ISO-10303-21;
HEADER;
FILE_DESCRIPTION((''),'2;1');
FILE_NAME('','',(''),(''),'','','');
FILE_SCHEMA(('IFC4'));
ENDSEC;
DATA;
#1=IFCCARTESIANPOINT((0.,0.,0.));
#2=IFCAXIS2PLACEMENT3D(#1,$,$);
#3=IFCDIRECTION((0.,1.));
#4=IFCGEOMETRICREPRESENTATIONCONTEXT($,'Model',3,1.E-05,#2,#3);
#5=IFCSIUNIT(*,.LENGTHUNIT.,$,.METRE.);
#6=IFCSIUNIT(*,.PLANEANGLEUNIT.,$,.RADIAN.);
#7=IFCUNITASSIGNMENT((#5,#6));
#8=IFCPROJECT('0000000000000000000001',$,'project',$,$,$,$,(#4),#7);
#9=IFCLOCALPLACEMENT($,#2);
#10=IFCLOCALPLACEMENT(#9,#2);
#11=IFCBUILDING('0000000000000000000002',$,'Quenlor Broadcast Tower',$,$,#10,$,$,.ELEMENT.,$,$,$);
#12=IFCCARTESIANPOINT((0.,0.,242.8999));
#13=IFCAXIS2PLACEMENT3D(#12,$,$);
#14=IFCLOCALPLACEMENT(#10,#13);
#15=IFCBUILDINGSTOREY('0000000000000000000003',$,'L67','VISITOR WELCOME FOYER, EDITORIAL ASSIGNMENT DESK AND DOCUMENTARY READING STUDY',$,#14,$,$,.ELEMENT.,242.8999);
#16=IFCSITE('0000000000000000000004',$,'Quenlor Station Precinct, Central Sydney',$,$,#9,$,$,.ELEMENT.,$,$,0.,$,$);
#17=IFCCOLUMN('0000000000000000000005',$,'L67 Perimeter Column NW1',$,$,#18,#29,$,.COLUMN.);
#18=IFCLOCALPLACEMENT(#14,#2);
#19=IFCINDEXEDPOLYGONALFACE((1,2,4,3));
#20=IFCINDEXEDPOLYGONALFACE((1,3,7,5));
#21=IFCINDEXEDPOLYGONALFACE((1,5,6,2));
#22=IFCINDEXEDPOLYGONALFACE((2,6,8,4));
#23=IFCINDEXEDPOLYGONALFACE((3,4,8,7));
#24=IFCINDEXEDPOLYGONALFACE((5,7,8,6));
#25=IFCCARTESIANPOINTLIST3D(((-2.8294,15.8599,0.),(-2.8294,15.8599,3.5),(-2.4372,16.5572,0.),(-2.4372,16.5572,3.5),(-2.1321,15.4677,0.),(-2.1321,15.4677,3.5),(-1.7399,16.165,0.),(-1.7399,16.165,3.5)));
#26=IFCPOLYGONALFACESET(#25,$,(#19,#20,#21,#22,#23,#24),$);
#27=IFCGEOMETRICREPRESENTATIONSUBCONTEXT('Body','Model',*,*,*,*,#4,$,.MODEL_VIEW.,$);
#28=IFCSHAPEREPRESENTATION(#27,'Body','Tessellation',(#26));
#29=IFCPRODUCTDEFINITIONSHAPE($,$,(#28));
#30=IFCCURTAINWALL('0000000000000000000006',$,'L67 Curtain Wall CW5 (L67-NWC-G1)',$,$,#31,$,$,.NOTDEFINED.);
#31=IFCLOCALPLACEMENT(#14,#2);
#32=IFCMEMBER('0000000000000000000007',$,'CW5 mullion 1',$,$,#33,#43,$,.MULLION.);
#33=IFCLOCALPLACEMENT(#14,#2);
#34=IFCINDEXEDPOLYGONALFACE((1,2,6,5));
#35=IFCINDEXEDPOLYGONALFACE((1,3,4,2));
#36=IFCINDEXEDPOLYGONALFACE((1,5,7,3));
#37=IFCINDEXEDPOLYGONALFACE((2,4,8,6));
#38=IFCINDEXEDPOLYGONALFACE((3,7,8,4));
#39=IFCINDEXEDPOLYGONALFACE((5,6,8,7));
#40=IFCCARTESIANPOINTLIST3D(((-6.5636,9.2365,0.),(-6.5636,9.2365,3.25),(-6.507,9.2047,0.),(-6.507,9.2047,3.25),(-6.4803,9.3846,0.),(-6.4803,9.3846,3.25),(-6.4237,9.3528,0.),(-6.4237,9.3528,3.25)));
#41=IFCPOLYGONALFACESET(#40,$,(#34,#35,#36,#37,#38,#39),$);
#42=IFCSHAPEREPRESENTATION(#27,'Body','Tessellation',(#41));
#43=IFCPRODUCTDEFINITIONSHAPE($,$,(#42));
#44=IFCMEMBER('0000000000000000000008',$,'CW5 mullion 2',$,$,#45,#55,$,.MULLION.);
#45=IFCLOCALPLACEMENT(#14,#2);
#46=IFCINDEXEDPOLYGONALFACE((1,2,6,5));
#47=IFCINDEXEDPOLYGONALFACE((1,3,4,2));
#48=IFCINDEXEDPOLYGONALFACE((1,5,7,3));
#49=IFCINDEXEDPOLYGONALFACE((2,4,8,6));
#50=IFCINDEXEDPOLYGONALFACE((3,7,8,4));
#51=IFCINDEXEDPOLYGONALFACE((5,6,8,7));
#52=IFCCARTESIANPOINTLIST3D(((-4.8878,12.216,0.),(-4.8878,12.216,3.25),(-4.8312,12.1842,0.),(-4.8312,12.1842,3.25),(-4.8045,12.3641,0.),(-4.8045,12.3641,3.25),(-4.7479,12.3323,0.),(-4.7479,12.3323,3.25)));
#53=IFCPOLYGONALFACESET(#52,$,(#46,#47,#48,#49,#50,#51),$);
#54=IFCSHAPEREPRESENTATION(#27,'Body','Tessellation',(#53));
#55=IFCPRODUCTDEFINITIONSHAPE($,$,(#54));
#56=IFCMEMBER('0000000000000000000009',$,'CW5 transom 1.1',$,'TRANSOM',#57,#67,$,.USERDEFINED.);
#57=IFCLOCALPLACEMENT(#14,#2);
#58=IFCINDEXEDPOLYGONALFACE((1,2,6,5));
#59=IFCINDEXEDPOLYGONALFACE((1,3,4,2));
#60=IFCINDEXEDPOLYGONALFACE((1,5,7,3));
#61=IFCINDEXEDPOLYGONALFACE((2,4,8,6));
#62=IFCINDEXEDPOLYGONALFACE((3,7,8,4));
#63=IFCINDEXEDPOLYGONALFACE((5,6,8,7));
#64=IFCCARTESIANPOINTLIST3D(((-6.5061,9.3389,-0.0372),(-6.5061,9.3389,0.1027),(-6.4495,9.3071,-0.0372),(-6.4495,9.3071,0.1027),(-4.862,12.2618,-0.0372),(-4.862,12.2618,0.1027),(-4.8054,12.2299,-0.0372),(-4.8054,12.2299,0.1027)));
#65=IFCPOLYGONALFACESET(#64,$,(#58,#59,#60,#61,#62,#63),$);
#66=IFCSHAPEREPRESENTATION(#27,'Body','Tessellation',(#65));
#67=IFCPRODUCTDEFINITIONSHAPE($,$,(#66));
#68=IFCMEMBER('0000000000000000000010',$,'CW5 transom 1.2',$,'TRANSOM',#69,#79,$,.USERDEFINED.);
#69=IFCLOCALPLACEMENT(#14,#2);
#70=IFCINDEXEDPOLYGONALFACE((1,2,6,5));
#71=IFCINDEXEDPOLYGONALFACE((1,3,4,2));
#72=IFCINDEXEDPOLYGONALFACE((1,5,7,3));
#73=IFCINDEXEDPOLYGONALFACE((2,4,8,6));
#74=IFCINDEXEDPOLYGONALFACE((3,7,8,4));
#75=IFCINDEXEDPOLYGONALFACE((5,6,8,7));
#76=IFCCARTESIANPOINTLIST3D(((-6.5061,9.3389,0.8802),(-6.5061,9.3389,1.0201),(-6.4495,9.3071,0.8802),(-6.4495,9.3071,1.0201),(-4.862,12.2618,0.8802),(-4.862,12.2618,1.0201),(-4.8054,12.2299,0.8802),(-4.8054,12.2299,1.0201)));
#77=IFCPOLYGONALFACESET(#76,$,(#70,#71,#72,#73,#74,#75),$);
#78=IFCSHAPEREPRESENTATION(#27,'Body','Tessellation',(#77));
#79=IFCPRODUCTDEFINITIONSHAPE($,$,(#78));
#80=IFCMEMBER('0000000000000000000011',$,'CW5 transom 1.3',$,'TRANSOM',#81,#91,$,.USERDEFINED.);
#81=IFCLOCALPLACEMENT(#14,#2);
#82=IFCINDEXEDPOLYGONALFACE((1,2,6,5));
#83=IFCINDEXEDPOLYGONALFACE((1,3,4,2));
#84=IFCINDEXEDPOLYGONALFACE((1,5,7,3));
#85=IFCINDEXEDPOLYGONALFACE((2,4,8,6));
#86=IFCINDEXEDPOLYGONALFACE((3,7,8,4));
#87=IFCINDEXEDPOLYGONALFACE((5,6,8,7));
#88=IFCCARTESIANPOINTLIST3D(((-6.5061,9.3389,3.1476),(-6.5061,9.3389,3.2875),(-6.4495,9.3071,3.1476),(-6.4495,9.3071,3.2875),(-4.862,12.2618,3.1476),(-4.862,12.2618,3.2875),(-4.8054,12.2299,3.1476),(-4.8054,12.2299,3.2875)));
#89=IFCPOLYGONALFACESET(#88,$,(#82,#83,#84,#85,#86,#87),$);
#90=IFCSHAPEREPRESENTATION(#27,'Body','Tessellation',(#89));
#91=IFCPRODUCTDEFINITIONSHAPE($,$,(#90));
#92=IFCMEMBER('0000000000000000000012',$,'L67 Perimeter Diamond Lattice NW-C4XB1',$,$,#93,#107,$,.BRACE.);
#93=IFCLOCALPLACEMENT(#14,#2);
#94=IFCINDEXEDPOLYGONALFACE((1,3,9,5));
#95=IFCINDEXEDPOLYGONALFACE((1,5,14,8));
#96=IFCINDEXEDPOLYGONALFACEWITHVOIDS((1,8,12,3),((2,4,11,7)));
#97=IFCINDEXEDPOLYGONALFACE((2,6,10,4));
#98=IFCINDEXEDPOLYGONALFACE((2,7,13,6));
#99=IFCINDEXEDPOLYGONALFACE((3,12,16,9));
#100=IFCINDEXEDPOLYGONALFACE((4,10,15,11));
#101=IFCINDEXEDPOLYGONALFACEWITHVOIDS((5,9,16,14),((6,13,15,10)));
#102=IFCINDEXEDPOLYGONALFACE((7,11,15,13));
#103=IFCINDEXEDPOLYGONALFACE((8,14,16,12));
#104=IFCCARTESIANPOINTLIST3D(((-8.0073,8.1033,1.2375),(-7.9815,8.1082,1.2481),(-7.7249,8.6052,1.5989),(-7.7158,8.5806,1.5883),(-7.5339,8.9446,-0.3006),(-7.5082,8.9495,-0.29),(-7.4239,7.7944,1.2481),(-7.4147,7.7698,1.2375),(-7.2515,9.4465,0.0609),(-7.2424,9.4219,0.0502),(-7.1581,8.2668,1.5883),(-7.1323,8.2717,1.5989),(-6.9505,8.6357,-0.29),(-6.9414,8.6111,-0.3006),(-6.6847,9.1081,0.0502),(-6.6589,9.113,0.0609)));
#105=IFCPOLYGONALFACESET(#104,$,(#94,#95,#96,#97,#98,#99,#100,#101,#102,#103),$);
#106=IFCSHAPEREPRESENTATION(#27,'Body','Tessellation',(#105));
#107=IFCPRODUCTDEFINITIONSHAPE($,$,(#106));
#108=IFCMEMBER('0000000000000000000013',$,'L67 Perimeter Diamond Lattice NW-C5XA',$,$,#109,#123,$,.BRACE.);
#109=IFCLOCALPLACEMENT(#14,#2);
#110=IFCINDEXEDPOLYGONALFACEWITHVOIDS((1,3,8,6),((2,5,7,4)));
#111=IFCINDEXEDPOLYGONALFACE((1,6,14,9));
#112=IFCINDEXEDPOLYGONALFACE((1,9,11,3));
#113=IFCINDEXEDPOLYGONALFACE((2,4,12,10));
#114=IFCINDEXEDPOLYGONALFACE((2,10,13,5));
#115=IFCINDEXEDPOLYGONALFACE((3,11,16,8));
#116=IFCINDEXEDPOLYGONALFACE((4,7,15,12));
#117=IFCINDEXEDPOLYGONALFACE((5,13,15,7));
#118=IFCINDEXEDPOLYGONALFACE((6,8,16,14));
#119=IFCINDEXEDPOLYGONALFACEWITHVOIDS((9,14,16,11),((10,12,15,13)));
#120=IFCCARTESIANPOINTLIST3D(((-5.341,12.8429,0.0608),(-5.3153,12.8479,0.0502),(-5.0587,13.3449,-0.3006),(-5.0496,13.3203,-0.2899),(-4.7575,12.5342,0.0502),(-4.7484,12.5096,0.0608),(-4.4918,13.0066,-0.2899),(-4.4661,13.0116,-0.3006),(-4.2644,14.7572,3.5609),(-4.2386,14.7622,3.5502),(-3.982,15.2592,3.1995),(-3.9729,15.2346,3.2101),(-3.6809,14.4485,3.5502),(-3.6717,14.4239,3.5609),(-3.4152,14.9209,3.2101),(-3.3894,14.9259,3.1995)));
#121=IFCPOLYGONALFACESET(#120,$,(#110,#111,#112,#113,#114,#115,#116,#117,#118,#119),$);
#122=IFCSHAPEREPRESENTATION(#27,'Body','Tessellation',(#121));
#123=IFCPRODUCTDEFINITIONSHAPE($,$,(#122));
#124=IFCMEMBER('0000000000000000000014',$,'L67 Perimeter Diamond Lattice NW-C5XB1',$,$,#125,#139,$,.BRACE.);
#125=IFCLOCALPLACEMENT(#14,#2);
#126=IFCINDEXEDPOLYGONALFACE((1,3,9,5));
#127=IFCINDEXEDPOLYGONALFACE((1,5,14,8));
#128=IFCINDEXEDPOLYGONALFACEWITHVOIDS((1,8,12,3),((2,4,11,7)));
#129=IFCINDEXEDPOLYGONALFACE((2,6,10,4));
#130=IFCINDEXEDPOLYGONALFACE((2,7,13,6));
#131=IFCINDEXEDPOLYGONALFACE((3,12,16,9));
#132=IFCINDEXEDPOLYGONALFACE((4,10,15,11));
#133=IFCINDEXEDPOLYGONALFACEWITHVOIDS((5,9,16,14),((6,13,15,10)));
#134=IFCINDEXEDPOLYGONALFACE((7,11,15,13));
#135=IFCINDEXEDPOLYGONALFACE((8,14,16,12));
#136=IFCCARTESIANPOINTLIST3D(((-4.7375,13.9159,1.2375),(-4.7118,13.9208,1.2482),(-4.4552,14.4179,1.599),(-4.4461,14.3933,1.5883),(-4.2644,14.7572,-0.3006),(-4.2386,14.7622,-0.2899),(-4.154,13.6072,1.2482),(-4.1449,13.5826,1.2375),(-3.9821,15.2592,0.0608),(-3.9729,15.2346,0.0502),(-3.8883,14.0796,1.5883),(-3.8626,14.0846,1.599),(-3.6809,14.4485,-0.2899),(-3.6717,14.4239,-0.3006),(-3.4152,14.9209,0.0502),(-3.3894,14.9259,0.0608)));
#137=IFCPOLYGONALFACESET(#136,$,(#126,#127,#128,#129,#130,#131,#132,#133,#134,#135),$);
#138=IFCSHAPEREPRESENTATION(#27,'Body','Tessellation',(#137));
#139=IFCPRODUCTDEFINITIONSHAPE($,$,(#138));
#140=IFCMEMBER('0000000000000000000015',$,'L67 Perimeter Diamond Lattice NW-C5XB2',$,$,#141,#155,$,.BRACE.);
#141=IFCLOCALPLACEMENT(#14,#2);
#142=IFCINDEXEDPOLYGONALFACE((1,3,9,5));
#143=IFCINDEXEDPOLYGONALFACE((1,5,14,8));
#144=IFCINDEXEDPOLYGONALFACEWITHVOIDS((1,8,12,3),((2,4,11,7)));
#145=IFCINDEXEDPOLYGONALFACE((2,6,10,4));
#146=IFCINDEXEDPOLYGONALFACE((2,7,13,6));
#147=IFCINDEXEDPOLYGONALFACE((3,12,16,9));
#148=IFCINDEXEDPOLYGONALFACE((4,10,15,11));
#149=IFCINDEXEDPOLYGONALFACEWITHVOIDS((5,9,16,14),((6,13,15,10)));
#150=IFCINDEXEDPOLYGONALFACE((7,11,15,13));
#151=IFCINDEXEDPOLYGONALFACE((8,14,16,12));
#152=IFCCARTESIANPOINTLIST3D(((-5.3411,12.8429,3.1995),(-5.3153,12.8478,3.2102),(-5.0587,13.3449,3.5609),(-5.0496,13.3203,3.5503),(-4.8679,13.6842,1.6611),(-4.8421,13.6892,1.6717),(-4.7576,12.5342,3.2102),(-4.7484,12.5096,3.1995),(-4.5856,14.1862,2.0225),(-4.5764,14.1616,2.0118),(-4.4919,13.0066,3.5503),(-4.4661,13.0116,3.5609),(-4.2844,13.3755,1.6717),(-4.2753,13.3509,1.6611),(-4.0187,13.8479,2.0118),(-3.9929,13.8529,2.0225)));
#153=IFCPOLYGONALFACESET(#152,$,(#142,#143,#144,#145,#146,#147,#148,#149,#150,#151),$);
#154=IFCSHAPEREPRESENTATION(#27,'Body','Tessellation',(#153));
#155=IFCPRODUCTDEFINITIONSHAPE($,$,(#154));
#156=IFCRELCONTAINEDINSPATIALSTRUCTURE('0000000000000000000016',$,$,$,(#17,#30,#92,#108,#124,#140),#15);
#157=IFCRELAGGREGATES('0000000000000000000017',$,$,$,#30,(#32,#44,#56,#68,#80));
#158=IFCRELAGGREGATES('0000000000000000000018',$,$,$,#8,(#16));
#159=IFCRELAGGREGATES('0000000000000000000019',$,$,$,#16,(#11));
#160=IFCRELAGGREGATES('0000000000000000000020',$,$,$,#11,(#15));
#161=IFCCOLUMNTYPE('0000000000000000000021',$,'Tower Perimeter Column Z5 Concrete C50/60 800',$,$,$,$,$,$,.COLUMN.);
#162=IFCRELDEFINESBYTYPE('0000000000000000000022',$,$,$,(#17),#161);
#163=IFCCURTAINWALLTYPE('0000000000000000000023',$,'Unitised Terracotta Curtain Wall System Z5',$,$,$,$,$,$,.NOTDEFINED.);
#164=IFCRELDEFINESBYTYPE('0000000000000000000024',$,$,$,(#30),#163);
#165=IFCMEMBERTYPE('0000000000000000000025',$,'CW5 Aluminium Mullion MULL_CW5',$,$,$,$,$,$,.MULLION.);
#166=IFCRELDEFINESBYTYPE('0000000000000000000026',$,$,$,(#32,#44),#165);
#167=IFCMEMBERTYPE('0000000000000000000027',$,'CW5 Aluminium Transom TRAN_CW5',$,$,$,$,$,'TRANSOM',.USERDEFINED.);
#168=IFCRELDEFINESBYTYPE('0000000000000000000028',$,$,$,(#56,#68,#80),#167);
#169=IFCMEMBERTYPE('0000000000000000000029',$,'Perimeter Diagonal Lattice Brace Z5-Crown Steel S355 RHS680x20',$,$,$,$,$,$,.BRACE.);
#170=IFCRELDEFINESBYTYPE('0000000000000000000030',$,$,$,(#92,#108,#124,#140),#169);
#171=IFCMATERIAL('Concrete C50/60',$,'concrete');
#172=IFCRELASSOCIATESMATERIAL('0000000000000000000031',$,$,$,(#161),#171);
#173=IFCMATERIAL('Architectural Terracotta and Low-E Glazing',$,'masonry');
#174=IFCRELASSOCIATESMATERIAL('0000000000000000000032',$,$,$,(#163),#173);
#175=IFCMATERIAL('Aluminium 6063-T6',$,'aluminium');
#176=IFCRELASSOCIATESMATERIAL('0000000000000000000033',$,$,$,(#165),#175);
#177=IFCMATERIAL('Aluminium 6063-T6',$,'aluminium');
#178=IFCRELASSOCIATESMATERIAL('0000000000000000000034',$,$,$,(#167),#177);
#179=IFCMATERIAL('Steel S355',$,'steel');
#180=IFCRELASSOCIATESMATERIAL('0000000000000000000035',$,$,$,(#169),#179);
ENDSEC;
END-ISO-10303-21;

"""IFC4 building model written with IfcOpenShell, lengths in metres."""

from ifc_helpers import new_model, si_unit, direction, frame, origin, origin_2d, place, context, subcontext, project, spatial, rectangle, hollow_rectangle, extrude, material, material_profile, profile_set, type_object, element, aggregate, save


model = new_model("IFC4")

# Units and contexts
model_context = context("Model", 3, precision=1e-05, world=origin(), true_north=direction((0.0, 1.0)))
body_context = subcontext(model_context, "Body", "Model", "MODEL_VIEW")
ifc_project = project(units=[si_unit("LENGTHUNIT", "METRE"), si_unit("PLANEANGLEUNIT", "RADIAN")], contexts=[model_context])

# Site, building, storey
site_placement = place(None, origin())
site = spatial("IfcSite", under=ifc_project, at=site_placement, Name="Quenlor Station Precinct, Central Sydney", CompositionType="ELEMENT", RefElevation=0.0)
building_placement = place(site_placement, origin())
building = spatial("IfcBuilding", under=site, at=building_placement, Name="Quenlor Broadcast Tower", CompositionType="ELEMENT")
storey_placement = place(building_placement, frame((0.0, 0.0, 242.8999)))
storey = spatial("IfcBuildingStorey", under=building, at=storey_placement, Name="L67", Description="VISITOR WELCOME FOYER, EDITORIAL ASSIGNMENT DESK AND DOCUMENTARY READING STUDY", CompositionType="ELEMENT", Elevation=242.8999)

# Column
ifc_material_1 = material(Name="Concrete C50/60", Category="concrete")
ifc_material_profile_1 = material_profile(ifc_material_1, rectangle(XDim=0.8, YDim=0.8, at=origin_2d()))
ifc_profile_set_1 = profile_set([ifc_material_profile_1], Name="Concrete C50/60 RC800x800")
column_type = type_object("IfcColumnType", Name="Tower Perimeter Column Z5 Concrete C50/60 800", PredefinedType="COLUMN", material=ifc_profile_set_1)
column_placement = place(storey_placement, frame((-2.2847, 16.0125, 0.0), z_axis=(0.0, 0.0, 1.0), x_axis=(-0.871575, 0.490262, 0.0)))
element("IfcColumn", 1, at=column_placement, inside=storey, type_object=column_type, Name="L67 Perimeter Column NW1", PredefinedType="COLUMN", context=body_context, shape_type="SweptSolid", body=[
    extrude(rectangle(XDim=0.8, YDim=0.8, at=origin_2d()), origin(), (0.0, 0.0, 1.0), 3.5),
])

# Curtain wall, members
ifc_material_2 = material(Name="Architectural Terracotta and Low-E Glazing", Category="masonry")
curtain_wall_type = type_object("IfcCurtainWallType", Name="Unitised Terracotta Curtain Wall System Z5", PredefinedType="NOTDEFINED", material=ifc_material_2)
curtain_wall_placement = place(storey_placement, origin())
curtain_wall = element("IfcCurtainWall", 2, at=curtain_wall_placement, inside=storey, type_object=curtain_wall_type, Name="L67 Curtain Wall CW5 (L67-NWC-G1)", PredefinedType="NOTDEFINED")
ifc_material_3 = material(Name="Aluminium 6063-T6", Category="aluminium")
ifc_material_profile_2 = material_profile(ifc_material_3, rectangle(XDim=0.0649, YDim=0.1699, at=origin_2d()))
ifc_profile_set_2 = profile_set([ifc_material_profile_2], Name="Aluminium 6063-T6 MULL65x170")
member_type_1 = type_object("IfcMemberType", Name="CW5 Aluminium Mullion MULL_CW5", PredefinedType="MULLION", material=ifc_profile_set_2)
member_1_placement = place(storey_placement, frame((-6.4937, 9.2947, 0.0), z_axis=(0.0, 0.0, 1.0), x_axis=(-0.871582, 0.49025, 0.0)))
member_1 = element("IfcMember", 3, at=member_1_placement, type_object=member_type_1, Name="CW5 mullion 1", PredefinedType="MULLION", context=body_context, shape_type="SweptSolid", body=[
    extrude(rectangle(XDim=0.0649, YDim=0.1699, at=origin_2d()), origin(), (0.0, 0.0, 1.0), 3.25),
])
member_2_placement = place(storey_placement, frame((-4.8179, 12.2742, 0.0), z_axis=(0.0, 0.0, 1.0), x_axis=(-0.871582, 0.49025, 0.0)))
member_2 = element("IfcMember", 4, at=member_2_placement, type_object=member_type_1, Name="CW5 mullion 2", PredefinedType="MULLION", context=body_context, shape_type="SweptSolid", body=[
    extrude(rectangle(XDim=0.0649, YDim=0.1699, at=origin_2d()), origin(), (0.0, 0.0, 1.0), 3.25),
])
ifc_material_4 = material(Name="Aluminium 6063-T6", Category="aluminium")
ifc_material_profile_3 = material_profile(ifc_material_4, rectangle(XDim=0.0649, YDim=0.1399, at=origin_2d()))
ifc_profile_set_3 = profile_set([ifc_material_profile_3], Name="Aluminium 6063-T6 TRAN65x140")
member_type_2 = type_object("IfcMemberType", Name="CW5 Aluminium Transom TRAN_CW5", ElementType="TRANSOM", PredefinedType="USERDEFINED", material=ifc_profile_set_3)
member_3_placement = place(storey_placement, frame((-6.4778, 9.323, 0.0327), z_axis=(0.490247, 0.871583, 0.0), x_axis=(-0.871583, 0.490247, 0.0)))
member_3 = element("IfcMember", 5, at=member_3_placement, type_object=member_type_2, Name="CW5 transom 1.1", ObjectType="TRANSOM", PredefinedType="USERDEFINED", context=body_context, shape_type="SweptSolid", body=[
    extrude(rectangle(XDim=0.0649, YDim=0.1399, at=origin_2d()), origin(), (0.0, 0.0, 1.0), 3.3535),
])
member_4_placement = place(storey_placement, frame((-6.4778, 9.323, 0.9502), z_axis=(0.490247, 0.871583, 0.0), x_axis=(-0.871583, 0.490247, 0.0)))
member_4 = element("IfcMember", 6, at=member_4_placement, type_object=member_type_2, Name="CW5 transom 1.2", ObjectType="TRANSOM", PredefinedType="USERDEFINED", context=body_context, shape_type="SweptSolid", body=[
    extrude(rectangle(XDim=0.0649, YDim=0.1399, at=origin_2d()), origin(), (0.0, 0.0, 1.0), 3.3535),
])
member_5_placement = place(storey_placement, frame((-6.4778, 9.323, 3.2175), z_axis=(0.490247, 0.871583, 0.0), x_axis=(-0.871583, 0.490247, 0.0)))
member_5 = element("IfcMember", 7, at=member_5_placement, type_object=member_type_2, Name="CW5 transom 1.3", ObjectType="TRANSOM", PredefinedType="USERDEFINED", context=body_context, shape_type="SweptSolid", body=[
    extrude(rectangle(XDim=0.0649, YDim=0.1399, at=origin_2d()), origin(), (0.0, 0.0, 1.0), 3.3535),
])

# Members
ifc_material_5 = material(Name="Steel S355", Category="steel")
ifc_material_profile_4 = material_profile(ifc_material_5, hollow_rectangle(XDim=0.6799, YDim=0.6799, WallThickness=0.02, at=origin_2d()))
ifc_profile_set_4 = profile_set([ifc_material_profile_4], Name="Steel S355 RHS680x680x20")
member_type_3 = type_object("IfcMemberType", Name="Perimeter Diagonal Lattice Brace Z5-Crown Steel S355 RHS680x20", PredefinedType="BRACE", material=ifc_profile_set_4)
member_6_placement = place(storey_placement, frame((-7.0964, 9.0288, -0.1199), z_axis=(-0.260686, -0.463293, 0.846996), x_axis=(0.871508, -0.490381, 0.0)))
element("IfcMember", 8, at=member_6_placement, inside=storey, type_object=member_type_3, Name="L67 Perimeter Diamond Lattice NW-C4XB1", PredefinedType="BRACE", context=body_context, shape_type="SweptSolid", body=[
    extrude(hollow_rectangle(XDim=0.6799, YDim=0.6799, WallThickness=0.02, at=origin_2d()), origin(), (0.0, 0.0, 1.0), 1.8159),
])
member_7_placement = place(storey_placement, frame((-4.9036, 12.9272, -0.1199), z_axis=(0.260564, 0.463283, 0.847039), x_axis=(-0.871602, 0.490214, 0.0)))
element("IfcMember", 9, at=member_7_placement, inside=storey, type_object=member_type_3, Name="L67 Perimeter Diamond Lattice NW-C5XA", PredefinedType="BRACE", context=body_context, shape_type="SweptSolid", body=[
    extrude(hollow_rectangle(XDim=0.6799, YDim=0.6799, WallThickness=0.02, at=origin_2d()), origin(), (0.0, 0.0, 1.0), 4.1321),
])
member_8_placement = place(storey_placement, frame((-3.8269, 14.8416, -0.1199), z_axis=(-0.260561, -0.463309, 0.847025), x_axis=(0.871616, -0.490189, 0.0)))
element("IfcMember", 10, at=member_8_placement, inside=storey, type_object=member_type_3, Name="L67 Perimeter Diamond Lattice NW-C5XB1", PredefinedType="BRACE", context=body_context, shape_type="SweptSolid", body=[
    extrude(hollow_rectangle(XDim=0.6799, YDim=0.6799, WallThickness=0.02, at=origin_2d()), origin(), (0.0, 0.0, 1.0), 1.8159),
])
member_9_placement = place(storey_placement, frame((-4.4304, 13.7686, 1.8418), z_axis=(-0.260532, -0.463257, 0.847063), x_axis=(0.871616, -0.490189, 0.0)))
element("IfcMember", 11, at=member_9_placement, inside=storey, type_object=member_type_3, Name="L67 Perimeter Diamond Lattice NW-C5XB2", PredefinedType="BRACE", context=body_context, shape_type="SweptSolid", body=[
    extrude(hollow_rectangle(XDim=0.6799, YDim=0.6799, WallThickness=0.02, at=origin_2d()), origin(), (0.0, 0.0, 1.0), 1.8162),
])

aggregate(curtain_wall, [member_1, member_2, member_3, member_4, member_5])

save(model, "model.ifc")
